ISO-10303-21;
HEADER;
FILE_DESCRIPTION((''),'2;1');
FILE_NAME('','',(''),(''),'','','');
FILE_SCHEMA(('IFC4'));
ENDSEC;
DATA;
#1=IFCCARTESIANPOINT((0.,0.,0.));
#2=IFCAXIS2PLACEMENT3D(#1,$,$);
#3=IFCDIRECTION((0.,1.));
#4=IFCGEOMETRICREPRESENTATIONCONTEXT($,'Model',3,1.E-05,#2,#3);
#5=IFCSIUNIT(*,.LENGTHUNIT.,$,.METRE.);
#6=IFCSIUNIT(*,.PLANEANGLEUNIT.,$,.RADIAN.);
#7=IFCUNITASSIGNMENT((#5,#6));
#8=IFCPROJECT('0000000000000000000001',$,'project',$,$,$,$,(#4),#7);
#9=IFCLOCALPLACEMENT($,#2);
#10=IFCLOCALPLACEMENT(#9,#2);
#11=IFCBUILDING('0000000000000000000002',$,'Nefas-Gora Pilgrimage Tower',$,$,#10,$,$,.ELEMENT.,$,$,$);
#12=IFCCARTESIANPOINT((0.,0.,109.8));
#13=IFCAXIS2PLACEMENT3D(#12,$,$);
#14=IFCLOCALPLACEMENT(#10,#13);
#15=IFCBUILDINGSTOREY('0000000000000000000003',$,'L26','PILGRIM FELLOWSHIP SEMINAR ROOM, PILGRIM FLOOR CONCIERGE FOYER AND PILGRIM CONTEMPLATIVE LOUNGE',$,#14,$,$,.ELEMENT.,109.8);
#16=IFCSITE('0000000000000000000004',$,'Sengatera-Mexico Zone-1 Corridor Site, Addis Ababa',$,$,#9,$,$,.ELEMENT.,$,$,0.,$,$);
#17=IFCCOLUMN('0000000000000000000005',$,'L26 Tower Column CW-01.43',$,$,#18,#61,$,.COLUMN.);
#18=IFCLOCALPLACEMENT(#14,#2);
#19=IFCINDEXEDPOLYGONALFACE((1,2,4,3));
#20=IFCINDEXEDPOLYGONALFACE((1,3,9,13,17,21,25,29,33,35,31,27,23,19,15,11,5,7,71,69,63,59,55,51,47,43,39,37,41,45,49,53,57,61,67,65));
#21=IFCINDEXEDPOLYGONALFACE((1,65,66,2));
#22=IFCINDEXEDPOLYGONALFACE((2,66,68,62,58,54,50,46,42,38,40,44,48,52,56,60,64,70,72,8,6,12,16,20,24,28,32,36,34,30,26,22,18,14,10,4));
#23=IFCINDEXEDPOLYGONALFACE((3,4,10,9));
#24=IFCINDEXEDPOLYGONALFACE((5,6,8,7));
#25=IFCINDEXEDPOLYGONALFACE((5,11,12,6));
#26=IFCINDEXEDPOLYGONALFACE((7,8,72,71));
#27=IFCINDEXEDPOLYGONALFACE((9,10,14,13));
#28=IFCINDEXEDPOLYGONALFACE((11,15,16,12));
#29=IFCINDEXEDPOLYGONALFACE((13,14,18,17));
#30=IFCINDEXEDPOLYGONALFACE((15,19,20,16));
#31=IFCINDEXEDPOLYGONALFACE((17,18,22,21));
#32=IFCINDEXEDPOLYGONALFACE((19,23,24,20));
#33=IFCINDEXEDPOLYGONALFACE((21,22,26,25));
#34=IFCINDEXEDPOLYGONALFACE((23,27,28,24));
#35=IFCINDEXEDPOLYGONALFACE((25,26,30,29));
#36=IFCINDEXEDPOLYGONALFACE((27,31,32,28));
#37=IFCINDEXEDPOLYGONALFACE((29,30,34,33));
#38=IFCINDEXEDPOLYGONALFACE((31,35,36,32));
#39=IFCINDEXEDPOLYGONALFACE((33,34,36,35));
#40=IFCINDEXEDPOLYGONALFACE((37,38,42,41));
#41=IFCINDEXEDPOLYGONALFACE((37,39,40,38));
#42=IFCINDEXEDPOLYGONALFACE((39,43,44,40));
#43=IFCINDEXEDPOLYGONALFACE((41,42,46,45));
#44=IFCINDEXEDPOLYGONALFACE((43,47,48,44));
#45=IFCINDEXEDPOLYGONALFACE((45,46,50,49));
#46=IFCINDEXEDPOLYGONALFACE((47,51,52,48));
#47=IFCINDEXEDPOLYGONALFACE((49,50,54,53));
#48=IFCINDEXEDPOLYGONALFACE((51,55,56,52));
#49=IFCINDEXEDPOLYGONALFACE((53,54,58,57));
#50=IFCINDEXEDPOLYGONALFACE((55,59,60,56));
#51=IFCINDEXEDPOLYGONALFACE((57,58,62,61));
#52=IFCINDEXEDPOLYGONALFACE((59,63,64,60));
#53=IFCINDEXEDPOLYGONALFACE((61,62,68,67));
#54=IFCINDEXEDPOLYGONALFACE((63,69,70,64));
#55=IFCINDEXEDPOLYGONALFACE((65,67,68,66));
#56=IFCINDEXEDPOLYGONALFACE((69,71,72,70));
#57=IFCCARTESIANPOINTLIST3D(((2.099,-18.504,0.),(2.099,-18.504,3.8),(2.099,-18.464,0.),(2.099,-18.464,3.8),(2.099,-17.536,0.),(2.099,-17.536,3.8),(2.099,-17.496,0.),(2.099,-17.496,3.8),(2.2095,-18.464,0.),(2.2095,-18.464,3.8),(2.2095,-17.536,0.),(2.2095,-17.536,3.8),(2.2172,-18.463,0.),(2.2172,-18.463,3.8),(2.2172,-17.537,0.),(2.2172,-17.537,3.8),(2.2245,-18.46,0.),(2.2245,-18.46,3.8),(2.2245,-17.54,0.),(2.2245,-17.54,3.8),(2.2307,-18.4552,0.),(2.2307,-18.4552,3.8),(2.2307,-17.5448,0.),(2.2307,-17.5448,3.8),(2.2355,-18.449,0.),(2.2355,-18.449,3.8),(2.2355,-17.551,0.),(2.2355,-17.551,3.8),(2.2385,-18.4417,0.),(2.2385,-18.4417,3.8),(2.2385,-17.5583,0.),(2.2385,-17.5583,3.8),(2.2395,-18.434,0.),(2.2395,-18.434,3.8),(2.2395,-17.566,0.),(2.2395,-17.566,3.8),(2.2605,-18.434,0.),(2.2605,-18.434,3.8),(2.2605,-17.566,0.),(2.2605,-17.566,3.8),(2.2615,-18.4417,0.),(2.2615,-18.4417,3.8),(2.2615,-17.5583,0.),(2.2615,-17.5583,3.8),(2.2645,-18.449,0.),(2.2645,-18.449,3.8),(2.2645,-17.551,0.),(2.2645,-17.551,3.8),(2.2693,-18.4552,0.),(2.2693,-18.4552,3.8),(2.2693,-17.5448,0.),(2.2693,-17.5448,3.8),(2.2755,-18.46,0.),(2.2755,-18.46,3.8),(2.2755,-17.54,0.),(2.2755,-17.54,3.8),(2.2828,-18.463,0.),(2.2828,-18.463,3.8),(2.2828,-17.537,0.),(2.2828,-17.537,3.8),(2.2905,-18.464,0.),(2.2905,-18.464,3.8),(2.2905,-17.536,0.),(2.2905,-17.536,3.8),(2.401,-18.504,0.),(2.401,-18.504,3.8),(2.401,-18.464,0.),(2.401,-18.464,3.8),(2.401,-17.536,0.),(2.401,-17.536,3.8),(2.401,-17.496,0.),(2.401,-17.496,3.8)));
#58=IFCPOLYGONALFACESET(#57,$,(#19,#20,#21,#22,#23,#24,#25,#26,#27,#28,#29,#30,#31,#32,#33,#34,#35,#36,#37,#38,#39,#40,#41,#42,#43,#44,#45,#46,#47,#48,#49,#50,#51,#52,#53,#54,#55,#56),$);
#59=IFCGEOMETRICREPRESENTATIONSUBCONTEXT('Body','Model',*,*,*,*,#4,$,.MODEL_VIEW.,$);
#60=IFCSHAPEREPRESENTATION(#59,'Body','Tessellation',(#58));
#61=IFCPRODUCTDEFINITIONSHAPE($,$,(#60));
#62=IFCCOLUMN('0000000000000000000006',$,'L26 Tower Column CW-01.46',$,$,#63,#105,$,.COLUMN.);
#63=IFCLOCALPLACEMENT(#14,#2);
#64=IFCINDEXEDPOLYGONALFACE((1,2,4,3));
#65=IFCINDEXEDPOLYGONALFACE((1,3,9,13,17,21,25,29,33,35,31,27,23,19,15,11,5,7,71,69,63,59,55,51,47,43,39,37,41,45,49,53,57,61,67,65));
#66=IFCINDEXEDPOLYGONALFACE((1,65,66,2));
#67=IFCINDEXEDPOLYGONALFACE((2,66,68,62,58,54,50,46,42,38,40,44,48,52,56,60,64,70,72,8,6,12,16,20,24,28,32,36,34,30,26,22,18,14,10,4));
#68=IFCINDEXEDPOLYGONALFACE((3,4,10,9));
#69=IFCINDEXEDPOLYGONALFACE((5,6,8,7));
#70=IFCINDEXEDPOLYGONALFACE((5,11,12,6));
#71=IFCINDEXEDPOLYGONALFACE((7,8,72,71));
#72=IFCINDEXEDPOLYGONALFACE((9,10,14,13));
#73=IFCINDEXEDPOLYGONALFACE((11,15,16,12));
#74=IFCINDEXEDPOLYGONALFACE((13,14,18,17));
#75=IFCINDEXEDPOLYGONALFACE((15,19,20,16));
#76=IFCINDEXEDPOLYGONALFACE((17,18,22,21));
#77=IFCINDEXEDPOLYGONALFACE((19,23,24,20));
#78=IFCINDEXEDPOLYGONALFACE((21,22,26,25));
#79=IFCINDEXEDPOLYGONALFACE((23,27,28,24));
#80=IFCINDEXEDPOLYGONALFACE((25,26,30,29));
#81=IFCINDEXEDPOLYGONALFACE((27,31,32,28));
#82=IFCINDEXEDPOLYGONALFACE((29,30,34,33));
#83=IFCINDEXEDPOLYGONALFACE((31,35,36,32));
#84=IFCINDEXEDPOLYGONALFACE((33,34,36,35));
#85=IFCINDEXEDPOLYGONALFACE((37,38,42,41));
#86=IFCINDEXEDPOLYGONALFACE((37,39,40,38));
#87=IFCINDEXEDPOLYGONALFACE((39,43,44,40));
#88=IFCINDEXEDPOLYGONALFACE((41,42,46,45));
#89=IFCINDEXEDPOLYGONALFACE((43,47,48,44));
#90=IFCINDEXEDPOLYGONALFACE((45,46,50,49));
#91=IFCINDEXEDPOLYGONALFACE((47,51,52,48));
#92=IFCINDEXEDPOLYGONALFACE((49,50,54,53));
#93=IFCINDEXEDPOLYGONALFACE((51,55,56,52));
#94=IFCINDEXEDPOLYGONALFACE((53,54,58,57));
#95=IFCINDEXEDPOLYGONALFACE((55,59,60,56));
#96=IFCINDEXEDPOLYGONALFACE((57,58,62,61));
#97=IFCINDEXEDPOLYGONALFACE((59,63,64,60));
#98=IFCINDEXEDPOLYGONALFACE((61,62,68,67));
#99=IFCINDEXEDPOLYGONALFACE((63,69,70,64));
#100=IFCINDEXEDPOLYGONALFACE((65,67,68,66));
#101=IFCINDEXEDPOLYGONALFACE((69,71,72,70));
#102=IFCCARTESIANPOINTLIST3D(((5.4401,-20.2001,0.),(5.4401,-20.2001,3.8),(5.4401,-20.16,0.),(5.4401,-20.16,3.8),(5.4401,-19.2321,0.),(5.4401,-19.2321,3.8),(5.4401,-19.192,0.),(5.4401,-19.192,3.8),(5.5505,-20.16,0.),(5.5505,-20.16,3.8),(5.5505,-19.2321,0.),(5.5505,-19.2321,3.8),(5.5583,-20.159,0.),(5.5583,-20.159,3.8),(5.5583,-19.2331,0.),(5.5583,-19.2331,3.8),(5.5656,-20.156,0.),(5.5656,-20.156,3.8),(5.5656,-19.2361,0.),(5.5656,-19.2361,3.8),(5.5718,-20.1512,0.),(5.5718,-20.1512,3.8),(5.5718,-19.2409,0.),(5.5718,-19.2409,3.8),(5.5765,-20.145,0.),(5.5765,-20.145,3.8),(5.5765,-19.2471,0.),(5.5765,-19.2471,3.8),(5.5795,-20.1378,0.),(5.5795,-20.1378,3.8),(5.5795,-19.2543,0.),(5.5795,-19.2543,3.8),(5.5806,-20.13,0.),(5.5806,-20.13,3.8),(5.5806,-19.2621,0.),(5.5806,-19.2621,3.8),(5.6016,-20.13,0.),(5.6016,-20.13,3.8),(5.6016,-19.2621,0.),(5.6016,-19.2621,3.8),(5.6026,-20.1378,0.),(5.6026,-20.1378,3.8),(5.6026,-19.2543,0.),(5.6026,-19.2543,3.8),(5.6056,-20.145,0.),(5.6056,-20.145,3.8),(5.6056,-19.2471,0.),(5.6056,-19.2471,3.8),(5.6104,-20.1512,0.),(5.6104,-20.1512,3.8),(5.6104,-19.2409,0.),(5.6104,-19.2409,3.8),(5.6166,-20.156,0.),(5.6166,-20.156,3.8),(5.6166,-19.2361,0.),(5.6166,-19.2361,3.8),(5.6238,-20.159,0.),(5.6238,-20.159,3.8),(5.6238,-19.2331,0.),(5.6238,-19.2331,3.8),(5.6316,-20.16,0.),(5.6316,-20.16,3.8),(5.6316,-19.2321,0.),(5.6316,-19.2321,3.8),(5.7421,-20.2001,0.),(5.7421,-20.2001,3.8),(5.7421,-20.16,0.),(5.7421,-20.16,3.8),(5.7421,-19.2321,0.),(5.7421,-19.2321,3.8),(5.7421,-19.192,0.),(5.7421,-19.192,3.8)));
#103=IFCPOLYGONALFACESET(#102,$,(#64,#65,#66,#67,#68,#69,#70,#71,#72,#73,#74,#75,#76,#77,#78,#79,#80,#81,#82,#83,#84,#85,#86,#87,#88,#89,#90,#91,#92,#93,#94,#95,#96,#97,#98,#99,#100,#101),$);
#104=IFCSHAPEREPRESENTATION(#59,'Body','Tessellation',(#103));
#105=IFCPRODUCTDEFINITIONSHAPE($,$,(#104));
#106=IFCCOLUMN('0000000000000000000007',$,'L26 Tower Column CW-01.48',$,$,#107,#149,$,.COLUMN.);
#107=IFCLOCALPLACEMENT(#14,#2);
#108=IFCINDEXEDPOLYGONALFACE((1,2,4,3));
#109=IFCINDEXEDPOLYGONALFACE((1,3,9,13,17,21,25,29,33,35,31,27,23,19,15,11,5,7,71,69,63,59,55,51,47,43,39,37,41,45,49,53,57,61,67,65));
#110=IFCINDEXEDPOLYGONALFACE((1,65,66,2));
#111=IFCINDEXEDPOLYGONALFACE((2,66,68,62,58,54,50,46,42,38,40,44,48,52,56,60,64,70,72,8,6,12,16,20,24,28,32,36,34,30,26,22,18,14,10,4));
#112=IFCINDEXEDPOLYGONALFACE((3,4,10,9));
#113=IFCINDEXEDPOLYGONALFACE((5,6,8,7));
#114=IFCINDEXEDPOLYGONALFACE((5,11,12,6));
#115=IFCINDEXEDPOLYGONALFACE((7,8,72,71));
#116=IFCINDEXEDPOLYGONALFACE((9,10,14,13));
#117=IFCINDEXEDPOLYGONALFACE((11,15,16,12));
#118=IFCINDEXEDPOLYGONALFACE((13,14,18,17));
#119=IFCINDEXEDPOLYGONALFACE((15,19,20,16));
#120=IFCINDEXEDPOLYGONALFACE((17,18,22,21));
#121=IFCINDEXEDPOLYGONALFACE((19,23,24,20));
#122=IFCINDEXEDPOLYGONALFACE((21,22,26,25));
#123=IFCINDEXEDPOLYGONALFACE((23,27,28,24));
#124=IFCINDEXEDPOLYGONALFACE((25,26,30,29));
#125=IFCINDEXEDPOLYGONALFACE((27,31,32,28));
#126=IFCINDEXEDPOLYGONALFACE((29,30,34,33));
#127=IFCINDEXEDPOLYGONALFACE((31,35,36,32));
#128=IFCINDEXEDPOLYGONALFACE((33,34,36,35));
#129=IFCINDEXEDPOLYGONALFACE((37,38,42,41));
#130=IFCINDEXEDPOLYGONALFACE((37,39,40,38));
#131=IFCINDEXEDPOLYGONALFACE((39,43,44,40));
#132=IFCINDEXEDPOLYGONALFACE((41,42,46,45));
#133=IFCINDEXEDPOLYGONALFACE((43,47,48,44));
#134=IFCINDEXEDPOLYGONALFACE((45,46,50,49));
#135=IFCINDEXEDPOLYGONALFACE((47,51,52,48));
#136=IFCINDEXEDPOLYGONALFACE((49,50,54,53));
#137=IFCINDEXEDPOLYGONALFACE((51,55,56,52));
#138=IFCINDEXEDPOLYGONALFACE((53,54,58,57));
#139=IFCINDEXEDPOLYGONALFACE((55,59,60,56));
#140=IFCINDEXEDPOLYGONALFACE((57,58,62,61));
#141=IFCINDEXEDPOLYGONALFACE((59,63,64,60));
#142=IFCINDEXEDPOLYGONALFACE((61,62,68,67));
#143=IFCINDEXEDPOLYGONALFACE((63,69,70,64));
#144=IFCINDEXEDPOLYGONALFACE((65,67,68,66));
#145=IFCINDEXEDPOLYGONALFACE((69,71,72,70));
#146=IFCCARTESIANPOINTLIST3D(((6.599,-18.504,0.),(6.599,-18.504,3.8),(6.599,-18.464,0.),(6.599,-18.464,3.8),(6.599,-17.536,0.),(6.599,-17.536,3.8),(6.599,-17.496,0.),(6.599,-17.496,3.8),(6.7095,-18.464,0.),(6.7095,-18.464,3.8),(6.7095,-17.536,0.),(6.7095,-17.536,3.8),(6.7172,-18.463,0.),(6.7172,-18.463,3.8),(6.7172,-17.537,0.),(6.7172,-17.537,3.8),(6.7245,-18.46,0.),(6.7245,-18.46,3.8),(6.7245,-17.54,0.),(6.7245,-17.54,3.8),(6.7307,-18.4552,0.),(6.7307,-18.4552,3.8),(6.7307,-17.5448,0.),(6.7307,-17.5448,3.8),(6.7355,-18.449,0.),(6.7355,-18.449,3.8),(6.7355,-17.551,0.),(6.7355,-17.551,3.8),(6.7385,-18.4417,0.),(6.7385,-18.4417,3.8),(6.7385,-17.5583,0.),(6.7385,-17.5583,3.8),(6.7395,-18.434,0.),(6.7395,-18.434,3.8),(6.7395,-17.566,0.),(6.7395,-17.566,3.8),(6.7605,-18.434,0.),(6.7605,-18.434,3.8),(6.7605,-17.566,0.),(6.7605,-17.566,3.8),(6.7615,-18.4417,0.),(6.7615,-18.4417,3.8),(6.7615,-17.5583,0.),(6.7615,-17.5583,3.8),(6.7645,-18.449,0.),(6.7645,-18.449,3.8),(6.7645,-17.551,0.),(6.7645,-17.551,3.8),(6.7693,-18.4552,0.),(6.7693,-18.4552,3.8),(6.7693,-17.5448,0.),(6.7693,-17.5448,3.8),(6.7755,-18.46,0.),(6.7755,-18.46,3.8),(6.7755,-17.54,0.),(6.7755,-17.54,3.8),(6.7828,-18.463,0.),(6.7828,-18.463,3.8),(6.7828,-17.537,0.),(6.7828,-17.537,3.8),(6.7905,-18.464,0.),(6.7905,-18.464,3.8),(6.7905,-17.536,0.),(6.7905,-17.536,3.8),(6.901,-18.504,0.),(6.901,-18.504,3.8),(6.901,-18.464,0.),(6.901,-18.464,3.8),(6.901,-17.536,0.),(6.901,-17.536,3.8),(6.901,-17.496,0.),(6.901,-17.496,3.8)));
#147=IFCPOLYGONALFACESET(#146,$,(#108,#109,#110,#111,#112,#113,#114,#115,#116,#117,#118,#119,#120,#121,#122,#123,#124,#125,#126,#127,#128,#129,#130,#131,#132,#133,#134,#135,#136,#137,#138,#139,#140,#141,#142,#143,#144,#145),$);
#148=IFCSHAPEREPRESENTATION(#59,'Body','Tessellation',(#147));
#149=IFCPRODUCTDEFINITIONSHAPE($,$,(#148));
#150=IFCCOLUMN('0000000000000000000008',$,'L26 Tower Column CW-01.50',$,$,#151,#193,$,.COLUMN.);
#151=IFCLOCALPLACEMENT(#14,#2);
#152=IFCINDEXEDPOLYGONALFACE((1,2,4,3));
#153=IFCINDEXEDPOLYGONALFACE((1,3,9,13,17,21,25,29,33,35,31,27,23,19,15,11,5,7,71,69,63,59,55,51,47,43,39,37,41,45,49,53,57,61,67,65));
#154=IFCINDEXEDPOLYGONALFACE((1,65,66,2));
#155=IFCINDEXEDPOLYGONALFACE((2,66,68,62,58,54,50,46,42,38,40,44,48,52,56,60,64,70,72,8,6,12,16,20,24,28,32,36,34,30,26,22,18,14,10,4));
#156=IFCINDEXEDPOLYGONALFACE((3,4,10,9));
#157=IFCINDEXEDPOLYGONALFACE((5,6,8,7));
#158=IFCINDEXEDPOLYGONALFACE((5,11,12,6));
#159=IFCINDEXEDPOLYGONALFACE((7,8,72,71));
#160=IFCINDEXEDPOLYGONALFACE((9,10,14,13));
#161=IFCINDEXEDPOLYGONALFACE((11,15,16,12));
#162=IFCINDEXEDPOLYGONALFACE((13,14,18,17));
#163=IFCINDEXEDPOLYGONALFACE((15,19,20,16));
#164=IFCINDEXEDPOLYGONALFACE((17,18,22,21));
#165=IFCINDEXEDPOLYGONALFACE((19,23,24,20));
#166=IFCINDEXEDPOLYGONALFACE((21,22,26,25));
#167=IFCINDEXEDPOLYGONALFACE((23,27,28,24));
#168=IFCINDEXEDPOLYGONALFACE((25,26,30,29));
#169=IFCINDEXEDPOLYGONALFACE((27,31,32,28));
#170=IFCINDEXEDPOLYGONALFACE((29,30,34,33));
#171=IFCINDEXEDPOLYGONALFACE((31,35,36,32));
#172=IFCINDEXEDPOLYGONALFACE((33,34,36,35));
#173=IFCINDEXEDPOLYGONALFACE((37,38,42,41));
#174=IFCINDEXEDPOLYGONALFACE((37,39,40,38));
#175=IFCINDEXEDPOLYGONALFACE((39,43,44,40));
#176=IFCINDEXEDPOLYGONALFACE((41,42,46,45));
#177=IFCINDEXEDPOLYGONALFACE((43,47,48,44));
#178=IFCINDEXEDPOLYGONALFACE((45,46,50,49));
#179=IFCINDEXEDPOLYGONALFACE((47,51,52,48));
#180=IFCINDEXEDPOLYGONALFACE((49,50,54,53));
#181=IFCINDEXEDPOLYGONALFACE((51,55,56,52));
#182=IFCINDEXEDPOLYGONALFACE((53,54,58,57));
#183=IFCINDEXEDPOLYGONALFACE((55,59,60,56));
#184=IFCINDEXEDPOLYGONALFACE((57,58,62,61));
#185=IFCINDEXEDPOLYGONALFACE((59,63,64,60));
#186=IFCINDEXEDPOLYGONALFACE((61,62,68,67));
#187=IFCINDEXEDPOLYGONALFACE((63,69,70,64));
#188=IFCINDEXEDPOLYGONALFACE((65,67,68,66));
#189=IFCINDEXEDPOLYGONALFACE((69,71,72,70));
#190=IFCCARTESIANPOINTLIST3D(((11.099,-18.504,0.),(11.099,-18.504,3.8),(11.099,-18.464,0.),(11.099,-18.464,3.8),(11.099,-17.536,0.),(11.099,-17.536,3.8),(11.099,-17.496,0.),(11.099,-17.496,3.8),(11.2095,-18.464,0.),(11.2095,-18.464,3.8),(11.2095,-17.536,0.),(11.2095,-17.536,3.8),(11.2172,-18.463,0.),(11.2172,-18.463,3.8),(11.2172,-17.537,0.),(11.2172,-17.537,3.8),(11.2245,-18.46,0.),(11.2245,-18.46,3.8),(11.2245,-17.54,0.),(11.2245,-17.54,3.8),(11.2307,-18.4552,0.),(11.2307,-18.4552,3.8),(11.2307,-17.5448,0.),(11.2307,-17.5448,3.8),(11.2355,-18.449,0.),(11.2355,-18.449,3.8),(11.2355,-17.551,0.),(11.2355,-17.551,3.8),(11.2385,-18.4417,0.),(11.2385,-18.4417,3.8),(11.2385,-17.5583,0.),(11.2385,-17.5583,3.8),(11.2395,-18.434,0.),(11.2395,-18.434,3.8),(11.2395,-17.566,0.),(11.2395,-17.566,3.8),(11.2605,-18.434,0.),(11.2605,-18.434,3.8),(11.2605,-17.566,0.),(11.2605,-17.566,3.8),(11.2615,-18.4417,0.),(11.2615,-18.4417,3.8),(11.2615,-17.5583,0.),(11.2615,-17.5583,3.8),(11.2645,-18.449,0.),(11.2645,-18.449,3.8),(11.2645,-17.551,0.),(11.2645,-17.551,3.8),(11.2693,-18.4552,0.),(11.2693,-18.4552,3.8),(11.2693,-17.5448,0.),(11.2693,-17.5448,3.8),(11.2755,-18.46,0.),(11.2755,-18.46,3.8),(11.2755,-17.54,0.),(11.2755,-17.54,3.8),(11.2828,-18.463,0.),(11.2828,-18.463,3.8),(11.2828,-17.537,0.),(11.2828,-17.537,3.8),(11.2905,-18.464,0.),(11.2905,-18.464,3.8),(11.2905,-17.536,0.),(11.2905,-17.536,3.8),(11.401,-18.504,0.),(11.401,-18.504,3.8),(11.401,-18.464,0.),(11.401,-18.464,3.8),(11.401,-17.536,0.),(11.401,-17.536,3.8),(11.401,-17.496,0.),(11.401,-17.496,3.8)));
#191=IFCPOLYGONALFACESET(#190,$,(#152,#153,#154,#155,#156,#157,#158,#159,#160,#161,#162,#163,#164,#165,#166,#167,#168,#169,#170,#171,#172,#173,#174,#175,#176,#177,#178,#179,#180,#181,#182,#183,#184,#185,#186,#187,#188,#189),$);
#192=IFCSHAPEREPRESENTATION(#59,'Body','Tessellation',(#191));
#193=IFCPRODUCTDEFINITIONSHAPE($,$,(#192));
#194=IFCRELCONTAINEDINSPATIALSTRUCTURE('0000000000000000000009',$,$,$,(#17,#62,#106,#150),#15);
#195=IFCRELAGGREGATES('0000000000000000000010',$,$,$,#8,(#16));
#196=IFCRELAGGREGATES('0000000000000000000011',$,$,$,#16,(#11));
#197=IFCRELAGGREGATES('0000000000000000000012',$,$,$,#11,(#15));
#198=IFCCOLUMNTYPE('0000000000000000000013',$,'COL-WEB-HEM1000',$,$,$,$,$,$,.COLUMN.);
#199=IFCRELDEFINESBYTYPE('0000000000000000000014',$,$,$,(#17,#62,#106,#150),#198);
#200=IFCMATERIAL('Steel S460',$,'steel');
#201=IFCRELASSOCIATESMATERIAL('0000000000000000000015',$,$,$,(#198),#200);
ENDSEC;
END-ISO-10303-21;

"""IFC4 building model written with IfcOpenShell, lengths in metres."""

from ifc_helpers import new_model, si_unit, direction, frame, origin, origin_2d, place, context, subcontext, project, spatial, i_section, extrude, source, transform, mapped, material, material_profile, profile_set, type_object, element, save


model = new_model("IFC4")

# Units and contexts
model_context = context("Model", 3, precision=1e-05, world=origin(), true_north=direction((0.0, 1.0)))
body_context = subcontext(model_context, "Body", "Model", "MODEL_VIEW")
ifc_project = project(units=[si_unit("LENGTHUNIT", "METRE"), si_unit("PLANEANGLEUNIT", "RADIAN")], contexts=[model_context])

# Site, building, storey
site_placement = place(None, origin())
site = spatial("IfcSite", under=ifc_project, at=site_placement, Name="Sengatera-Mexico Zone-1 Corridor Site, Addis Ababa", CompositionType="ELEMENT", RefElevation=0.0)
building_placement = place(site_placement, origin())
building = spatial("IfcBuilding", under=site, at=building_placement, Name="Nefas-Gora Pilgrimage Tower", CompositionType="ELEMENT")
storey_placement = place(building_placement, frame((0.0, 0.0, 109.8)))
storey = spatial("IfcBuildingStorey", under=building, at=storey_placement, Name="L26", Description="PILGRIM FELLOWSHIP SEMINAR ROOM, PILGRIM FLOOR CONCIERGE FOYER AND PILGRIM CONTEMPLATIVE LOUNGE", CompositionType="ELEMENT", Elevation=109.8)

# Columns
ifc_material_1 = material(Name="Steel S460", Category="steel")
ifc_material_profile_1 = material_profile(ifc_material_1, i_section(OverallWidth=0.302, OverallDepth=1.0081, WebThickness=0.021, FlangeThickness=0.04, FilletRadius=0.03, at=origin_2d()), Name="HEM 1000")
ifc_profile_set_1 = profile_set([ifc_material_profile_1], Name="Steel S460")
column_type_1 = type_object("IfcColumnType", Name="COL-WEB-HEM1000", PredefinedType="COLUMN", material=ifc_profile_set_1)
shared_shape_1 = source(origin(), body_context, "Body", "SweptSolid", [
    extrude(i_section(OverallWidth=0.302, OverallDepth=1.0081, WebThickness=0.021, FlangeThickness=0.04, FilletRadius=0.03, at=origin_2d()), origin(), (0.0, 0.0, 1.0), 3.8),
])
for number, where, z_axis, x_axis, name in (
    (1, (2.25, -18.0, 0.0), (0.0, 0.0, 1.0), (1.0, 0.0, 0.0), "L26 Tower Column CW-01.43"),
    (2, (5.5911, -19.696, 0.0), (0.0, 0.0, 1.0), (1.0, 0.0, 0.0), "L26 Tower Column CW-01.46"),
    (3, (6.75, -18.0, 0.0), (0.0, 0.0, 1.0), (1.0, 0.0, 0.0), "L26 Tower Column CW-01.48"),
    (4, (11.25, -18.0, 0.0), (0.0, 0.0, 1.0), (1.0, 0.0, 0.0), "L26 Tower Column CW-01.50"),
):
    element("IfcColumn", number, at=place(storey_placement, frame(where, z_axis=z_axis, x_axis=x_axis)), inside=storey, type_object=column_type_1, Name=name, PredefinedType="COLUMN", context=body_context, shape_type="MappedRepresentation", body=[
        mapped(shared_shape_1, transform((0.0, 0.0, 0.0), x_axis=(1.0, 0.0, 0.0), y_axis=(0.0, 1.0, 0.0), z_axis=(0.0, 0.0, 1.0), scale=1.0)),
    ])

save(model, "model.ifc")
